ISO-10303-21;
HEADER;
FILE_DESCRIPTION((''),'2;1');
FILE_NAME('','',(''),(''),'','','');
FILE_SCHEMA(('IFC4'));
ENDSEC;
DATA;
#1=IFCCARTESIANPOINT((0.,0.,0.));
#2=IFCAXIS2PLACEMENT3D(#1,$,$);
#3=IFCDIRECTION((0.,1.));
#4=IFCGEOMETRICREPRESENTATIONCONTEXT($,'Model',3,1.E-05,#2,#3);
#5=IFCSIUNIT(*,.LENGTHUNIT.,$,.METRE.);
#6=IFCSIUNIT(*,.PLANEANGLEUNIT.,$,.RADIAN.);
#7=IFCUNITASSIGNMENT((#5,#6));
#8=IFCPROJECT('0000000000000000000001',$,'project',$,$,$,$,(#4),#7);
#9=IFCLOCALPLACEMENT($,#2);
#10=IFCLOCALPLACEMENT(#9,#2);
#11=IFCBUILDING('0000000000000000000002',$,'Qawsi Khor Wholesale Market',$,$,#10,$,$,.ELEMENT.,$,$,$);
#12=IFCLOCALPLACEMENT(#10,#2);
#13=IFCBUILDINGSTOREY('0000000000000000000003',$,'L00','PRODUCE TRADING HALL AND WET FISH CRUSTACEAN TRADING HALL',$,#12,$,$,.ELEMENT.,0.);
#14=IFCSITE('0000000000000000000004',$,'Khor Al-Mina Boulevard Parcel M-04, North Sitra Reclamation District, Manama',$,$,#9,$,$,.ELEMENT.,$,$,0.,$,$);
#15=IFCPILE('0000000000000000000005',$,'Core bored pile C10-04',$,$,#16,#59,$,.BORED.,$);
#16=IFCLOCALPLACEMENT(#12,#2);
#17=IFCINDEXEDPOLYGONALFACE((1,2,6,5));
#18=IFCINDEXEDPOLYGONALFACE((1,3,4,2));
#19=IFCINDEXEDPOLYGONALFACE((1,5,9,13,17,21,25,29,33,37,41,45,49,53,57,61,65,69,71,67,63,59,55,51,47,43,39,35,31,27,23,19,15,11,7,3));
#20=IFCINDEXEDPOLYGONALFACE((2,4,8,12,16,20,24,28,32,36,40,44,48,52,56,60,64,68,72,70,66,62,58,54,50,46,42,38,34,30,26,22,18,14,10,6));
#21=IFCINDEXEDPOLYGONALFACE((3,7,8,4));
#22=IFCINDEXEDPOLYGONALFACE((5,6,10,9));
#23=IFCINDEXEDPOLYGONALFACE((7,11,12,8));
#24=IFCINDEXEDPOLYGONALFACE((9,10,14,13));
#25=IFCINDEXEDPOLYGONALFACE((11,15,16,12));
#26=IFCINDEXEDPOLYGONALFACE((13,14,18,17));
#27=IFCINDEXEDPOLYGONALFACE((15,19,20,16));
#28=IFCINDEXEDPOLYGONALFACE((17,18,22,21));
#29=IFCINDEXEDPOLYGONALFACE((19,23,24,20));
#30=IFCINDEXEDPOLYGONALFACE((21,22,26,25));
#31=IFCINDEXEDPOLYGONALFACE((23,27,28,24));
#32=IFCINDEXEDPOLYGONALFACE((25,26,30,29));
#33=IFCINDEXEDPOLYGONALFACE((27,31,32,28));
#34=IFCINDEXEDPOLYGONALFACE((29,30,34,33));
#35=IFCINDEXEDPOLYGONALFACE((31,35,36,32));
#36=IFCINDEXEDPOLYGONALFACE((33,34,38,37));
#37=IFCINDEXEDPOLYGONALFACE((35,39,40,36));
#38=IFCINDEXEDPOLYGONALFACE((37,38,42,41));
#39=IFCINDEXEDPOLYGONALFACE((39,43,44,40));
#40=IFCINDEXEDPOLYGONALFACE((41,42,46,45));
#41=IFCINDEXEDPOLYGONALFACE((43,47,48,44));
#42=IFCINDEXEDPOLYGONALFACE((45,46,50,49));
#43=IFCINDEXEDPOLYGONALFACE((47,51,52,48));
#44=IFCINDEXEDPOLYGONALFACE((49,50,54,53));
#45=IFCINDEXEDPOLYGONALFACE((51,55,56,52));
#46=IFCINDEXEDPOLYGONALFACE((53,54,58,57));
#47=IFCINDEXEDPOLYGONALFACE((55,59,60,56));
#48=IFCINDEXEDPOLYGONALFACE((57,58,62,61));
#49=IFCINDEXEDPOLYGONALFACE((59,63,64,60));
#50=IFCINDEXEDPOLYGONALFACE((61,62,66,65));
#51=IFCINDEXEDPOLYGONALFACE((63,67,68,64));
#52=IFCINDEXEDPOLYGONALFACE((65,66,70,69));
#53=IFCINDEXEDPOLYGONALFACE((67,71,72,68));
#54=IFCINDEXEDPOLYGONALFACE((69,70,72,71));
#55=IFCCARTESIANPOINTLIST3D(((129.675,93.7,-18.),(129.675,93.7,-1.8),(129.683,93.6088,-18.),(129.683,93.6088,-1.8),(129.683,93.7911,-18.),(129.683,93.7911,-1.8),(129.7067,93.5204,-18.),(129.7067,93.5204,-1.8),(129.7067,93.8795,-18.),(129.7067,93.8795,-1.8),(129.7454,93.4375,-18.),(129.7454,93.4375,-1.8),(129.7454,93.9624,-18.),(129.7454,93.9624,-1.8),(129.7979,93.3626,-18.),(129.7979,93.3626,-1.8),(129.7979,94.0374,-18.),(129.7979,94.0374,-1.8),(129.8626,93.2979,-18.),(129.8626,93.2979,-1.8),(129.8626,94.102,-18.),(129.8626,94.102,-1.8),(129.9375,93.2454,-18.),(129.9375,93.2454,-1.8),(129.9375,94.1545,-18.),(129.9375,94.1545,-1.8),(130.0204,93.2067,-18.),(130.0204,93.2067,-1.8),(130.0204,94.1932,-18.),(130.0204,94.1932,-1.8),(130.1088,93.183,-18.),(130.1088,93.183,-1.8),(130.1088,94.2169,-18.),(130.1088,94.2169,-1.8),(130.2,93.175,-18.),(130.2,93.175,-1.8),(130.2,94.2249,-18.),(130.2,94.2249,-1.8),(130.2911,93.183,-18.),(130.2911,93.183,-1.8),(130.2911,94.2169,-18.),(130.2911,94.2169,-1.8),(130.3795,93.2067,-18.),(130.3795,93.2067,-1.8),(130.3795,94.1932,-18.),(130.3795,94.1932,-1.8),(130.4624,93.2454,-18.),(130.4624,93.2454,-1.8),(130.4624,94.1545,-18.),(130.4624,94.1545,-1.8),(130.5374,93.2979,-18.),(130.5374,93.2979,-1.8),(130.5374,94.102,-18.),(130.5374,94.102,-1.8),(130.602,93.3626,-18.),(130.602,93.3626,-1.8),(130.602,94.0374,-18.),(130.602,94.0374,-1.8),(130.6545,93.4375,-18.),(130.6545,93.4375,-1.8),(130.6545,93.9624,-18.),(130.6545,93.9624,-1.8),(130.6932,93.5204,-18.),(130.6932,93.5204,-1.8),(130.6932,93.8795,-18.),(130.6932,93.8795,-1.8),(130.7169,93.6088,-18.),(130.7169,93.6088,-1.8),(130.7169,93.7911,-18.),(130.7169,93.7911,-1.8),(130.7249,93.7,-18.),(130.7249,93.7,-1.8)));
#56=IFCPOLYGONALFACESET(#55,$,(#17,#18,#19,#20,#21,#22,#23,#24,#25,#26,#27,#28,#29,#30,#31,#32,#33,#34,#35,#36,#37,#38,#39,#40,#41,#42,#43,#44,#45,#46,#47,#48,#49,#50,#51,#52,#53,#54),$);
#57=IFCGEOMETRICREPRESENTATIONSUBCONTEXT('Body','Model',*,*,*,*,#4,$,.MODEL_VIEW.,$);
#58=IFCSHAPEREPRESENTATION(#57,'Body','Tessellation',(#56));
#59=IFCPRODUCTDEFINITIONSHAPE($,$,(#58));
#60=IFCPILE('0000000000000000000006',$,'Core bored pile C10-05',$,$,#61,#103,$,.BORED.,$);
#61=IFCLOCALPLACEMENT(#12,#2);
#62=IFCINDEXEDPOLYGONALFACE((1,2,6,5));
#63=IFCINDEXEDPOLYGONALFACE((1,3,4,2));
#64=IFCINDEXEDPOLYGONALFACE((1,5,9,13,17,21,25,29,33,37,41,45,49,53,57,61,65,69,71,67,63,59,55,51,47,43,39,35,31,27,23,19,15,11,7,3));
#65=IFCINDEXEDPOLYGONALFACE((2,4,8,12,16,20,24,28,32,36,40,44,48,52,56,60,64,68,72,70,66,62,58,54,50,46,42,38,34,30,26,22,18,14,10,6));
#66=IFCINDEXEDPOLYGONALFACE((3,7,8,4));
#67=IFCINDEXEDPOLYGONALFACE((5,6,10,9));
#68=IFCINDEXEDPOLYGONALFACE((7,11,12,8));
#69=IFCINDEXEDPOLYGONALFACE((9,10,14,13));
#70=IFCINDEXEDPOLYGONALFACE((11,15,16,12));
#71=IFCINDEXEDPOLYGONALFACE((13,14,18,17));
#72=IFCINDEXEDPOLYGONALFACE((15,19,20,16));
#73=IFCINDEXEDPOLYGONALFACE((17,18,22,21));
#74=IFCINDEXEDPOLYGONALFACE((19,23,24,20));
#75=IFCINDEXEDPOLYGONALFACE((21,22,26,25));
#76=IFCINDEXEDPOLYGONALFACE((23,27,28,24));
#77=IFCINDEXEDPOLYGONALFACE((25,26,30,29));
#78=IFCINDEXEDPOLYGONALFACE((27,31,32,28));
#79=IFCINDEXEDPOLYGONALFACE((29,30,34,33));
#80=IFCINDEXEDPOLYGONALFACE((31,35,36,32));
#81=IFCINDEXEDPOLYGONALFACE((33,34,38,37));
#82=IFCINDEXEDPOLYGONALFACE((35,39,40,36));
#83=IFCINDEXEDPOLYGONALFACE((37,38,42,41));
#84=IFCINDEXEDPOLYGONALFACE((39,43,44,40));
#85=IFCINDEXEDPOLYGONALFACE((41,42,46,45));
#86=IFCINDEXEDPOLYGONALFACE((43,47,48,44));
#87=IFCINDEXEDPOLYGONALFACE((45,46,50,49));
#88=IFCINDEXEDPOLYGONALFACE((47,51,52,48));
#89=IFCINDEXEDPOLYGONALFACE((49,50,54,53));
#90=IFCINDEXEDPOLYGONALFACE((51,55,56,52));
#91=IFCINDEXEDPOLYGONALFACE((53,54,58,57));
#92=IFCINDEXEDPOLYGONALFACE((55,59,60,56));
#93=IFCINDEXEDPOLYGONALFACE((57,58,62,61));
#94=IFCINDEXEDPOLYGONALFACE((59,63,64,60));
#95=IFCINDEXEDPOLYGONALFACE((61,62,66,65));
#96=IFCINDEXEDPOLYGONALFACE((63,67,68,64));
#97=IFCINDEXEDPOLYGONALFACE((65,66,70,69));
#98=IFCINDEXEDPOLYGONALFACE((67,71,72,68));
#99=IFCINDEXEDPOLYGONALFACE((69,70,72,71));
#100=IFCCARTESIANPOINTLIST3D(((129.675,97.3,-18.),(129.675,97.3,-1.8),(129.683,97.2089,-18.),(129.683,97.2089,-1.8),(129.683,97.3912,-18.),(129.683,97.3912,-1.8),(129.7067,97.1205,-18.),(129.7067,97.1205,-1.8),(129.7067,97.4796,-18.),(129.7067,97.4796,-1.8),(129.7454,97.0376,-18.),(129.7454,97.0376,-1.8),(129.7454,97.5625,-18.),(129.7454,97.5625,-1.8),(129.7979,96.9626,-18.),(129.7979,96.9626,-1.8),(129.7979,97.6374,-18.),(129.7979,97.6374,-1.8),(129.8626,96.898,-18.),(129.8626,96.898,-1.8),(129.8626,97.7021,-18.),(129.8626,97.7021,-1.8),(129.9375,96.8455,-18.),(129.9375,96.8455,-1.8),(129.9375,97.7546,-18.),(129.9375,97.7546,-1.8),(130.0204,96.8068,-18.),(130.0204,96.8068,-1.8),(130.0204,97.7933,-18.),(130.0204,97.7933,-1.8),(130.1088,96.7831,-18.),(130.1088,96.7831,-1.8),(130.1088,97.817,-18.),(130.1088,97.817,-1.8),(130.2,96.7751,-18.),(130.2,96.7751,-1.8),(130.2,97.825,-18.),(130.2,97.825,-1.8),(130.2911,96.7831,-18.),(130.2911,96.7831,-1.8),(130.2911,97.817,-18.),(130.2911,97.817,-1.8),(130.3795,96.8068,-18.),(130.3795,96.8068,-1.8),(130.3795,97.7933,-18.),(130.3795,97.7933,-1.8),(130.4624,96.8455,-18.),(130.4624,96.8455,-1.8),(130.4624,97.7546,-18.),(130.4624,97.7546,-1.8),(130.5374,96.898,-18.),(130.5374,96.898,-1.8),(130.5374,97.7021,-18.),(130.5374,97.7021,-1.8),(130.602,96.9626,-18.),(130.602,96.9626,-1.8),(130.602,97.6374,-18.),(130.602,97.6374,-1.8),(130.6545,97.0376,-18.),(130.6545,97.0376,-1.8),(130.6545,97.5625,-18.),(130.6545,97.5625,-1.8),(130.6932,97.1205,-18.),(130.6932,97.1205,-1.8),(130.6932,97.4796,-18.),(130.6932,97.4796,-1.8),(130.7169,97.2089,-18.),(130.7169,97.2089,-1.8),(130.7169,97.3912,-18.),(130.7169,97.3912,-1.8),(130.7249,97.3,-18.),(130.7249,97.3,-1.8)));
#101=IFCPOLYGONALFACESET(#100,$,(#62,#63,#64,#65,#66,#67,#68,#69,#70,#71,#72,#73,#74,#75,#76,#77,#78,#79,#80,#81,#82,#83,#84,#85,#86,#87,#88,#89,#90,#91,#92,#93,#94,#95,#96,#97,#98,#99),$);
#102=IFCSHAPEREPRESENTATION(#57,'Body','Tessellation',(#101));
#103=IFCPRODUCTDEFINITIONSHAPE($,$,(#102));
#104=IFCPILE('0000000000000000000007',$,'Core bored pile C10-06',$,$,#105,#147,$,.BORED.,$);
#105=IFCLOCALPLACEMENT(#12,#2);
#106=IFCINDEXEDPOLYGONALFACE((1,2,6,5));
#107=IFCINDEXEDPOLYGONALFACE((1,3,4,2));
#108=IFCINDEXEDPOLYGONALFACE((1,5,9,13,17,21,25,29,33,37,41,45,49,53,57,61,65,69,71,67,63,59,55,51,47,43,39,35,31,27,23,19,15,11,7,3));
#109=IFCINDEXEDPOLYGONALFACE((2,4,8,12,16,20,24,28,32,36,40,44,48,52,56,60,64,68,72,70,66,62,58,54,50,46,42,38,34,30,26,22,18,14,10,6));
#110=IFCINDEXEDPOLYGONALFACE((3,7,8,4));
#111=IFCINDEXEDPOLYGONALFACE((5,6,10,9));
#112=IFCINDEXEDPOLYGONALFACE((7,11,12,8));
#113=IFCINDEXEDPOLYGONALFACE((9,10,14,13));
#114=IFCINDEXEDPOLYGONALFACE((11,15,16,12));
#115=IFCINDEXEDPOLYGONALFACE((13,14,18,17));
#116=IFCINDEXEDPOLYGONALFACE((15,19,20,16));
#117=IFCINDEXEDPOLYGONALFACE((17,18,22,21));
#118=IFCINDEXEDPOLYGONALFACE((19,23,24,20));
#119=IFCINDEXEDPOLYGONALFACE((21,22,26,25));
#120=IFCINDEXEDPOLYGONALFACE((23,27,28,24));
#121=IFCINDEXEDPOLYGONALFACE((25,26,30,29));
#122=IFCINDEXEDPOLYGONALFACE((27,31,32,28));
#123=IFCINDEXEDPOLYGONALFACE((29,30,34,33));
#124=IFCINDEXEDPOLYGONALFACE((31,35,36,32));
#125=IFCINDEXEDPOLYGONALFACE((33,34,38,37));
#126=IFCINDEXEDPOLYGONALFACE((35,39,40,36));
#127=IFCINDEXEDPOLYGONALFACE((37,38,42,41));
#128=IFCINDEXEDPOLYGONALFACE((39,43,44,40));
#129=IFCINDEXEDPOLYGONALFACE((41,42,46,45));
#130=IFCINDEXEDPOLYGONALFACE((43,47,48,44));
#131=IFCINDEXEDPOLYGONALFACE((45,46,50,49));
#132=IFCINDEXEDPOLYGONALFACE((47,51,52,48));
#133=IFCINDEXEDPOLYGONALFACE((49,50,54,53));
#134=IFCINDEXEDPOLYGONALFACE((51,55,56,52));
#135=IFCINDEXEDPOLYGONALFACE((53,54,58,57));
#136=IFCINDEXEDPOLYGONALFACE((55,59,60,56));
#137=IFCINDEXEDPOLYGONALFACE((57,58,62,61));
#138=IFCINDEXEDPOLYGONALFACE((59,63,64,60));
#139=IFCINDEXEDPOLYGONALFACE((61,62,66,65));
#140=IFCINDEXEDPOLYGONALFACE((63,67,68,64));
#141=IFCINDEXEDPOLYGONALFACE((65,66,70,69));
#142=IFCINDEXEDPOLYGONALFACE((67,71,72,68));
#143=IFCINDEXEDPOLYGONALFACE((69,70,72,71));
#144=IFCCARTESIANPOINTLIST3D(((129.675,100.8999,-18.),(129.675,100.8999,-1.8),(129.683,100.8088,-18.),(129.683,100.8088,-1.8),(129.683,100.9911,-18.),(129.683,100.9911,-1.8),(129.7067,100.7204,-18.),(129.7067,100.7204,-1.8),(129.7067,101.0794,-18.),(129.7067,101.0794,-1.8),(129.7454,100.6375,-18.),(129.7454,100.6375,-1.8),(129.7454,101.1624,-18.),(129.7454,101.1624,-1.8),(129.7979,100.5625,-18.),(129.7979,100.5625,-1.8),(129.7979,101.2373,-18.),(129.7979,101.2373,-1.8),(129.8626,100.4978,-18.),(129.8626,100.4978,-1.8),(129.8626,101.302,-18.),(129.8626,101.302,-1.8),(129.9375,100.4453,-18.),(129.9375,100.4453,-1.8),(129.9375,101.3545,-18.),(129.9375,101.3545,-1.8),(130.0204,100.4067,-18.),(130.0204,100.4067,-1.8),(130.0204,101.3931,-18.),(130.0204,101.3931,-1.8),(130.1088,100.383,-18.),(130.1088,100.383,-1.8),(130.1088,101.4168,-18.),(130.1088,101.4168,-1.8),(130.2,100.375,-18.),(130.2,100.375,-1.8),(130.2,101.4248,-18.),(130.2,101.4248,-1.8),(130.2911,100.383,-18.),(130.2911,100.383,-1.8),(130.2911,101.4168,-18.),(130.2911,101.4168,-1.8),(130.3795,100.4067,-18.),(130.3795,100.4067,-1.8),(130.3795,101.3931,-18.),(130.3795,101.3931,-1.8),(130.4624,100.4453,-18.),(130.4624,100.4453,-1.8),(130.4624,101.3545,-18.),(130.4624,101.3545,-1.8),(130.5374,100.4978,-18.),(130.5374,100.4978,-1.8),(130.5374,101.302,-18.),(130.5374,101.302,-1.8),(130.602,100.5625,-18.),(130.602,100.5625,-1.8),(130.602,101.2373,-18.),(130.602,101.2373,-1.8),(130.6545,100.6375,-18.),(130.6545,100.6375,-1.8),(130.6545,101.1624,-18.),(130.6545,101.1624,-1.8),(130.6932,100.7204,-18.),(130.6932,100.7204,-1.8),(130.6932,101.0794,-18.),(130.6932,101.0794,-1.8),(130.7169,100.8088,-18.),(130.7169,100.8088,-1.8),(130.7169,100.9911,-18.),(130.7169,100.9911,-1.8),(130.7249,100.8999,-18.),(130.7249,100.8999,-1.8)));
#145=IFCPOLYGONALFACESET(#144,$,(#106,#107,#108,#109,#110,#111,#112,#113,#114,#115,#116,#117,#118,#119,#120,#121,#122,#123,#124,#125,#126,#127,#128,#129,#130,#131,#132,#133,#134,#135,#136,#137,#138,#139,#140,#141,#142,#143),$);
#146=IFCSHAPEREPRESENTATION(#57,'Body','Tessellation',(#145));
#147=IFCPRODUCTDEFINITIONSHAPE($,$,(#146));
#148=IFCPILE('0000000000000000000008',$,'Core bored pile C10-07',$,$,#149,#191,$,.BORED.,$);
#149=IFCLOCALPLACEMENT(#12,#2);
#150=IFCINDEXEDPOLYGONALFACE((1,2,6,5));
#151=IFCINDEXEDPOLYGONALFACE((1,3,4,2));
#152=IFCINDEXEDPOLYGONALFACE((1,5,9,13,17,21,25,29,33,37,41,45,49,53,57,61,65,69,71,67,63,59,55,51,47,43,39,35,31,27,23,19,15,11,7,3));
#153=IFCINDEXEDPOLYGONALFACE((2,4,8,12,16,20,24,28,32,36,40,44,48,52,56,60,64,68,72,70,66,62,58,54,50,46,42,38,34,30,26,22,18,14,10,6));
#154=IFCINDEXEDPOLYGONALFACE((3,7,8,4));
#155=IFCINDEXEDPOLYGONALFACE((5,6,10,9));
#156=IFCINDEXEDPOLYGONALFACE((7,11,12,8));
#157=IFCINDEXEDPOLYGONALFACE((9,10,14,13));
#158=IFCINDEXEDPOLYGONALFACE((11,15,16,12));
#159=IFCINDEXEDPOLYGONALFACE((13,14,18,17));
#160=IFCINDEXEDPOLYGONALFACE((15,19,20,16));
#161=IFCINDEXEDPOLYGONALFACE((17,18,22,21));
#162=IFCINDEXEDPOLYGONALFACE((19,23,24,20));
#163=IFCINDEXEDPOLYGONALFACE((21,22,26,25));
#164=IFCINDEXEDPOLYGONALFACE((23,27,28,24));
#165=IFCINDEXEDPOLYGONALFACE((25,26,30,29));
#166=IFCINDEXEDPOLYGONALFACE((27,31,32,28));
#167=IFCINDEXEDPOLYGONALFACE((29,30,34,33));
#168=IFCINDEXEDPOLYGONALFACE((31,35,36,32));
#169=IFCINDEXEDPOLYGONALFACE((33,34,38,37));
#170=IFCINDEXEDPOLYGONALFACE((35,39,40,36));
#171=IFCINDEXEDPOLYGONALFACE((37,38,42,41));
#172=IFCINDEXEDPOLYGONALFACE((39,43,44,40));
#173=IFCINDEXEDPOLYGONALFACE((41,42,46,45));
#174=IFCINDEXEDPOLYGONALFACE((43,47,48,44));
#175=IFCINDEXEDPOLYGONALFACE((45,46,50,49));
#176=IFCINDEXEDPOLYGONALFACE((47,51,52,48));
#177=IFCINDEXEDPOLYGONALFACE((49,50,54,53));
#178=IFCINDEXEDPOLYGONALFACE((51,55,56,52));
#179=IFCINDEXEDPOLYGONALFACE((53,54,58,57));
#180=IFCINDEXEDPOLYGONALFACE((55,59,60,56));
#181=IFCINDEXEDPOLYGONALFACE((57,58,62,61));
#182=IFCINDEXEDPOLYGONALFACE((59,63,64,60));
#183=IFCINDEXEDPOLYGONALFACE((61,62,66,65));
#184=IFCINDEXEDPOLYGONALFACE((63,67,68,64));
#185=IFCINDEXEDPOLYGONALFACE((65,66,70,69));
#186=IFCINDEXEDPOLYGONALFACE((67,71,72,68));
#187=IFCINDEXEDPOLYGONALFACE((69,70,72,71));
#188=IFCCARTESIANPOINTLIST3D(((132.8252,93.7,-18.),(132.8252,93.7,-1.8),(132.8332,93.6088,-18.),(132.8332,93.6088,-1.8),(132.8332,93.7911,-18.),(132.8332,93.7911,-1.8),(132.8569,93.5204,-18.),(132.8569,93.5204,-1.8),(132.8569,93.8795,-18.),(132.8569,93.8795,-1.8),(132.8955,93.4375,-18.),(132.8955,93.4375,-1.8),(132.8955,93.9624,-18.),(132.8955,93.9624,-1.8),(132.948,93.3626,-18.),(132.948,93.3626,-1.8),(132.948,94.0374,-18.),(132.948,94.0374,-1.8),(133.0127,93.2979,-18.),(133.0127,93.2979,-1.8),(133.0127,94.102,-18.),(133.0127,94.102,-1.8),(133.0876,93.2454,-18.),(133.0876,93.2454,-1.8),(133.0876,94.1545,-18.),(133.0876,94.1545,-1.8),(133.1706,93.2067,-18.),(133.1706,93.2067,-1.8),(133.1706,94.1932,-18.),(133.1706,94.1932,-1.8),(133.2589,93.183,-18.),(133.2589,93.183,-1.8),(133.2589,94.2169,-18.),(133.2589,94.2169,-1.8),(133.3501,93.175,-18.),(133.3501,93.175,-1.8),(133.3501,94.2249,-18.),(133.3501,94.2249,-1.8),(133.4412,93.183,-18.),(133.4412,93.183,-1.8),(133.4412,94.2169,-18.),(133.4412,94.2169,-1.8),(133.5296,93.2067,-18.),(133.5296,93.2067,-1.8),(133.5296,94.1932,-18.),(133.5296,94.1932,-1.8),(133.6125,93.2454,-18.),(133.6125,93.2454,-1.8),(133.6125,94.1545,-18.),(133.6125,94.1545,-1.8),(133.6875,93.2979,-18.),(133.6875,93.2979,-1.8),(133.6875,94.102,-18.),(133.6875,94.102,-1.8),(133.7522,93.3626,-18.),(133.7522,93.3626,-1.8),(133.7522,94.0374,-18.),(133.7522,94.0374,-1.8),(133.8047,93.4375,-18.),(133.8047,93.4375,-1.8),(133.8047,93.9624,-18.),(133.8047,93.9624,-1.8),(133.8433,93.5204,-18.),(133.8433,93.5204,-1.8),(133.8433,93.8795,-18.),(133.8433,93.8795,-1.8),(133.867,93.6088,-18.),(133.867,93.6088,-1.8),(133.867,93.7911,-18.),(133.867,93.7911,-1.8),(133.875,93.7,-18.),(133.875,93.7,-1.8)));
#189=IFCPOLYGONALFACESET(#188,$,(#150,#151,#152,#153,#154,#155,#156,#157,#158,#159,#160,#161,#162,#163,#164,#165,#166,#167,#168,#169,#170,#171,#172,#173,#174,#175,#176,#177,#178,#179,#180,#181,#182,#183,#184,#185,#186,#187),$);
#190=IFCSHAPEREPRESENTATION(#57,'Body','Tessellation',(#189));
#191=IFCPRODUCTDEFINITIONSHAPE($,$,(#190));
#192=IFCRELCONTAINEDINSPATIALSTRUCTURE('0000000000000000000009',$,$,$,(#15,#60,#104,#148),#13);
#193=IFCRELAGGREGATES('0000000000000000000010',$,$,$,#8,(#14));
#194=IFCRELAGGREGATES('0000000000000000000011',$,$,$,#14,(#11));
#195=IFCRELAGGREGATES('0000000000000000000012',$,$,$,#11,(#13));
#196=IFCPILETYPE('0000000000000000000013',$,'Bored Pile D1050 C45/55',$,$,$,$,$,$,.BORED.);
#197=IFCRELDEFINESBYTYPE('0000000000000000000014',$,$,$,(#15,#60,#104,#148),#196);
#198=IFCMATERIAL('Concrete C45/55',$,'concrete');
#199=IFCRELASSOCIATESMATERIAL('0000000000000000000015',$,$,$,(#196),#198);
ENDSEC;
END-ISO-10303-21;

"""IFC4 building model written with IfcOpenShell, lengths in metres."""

from ifc_helpers import new_model, si_unit, direction, frame, origin, origin_2d, place, context, subcontext, project, spatial, circle, extrude, material, material_profile, profile_set, type_object, element, save


model = new_model("IFC4")

# Units and contexts
model_context = context("Model", 3, precision=1e-05, world=origin(), true_north=direction((0.0, 1.0)))
body_context = subcontext(model_context, "Body", "Model", "MODEL_VIEW")
ifc_project = project(units=[si_unit("LENGTHUNIT", "METRE"), si_unit("PLANEANGLEUNIT", "RADIAN")], contexts=[model_context])

# Site, building, storey
site_placement = place(None, origin())
site = spatial("IfcSite", under=ifc_project, at=site_placement, Name="Khor Al-Mina Boulevard Parcel M-04, North Sitra Reclamation District, Manama", CompositionType="ELEMENT", RefElevation=0.0)
building_placement = place(site_placement, origin())
building = spatial("IfcBuilding", under=site, at=building_placement, Name="Qawsi Khor Wholesale Market", CompositionType="ELEMENT")
storey_placement = place(building_placement, origin())
storey = spatial("IfcBuildingStorey", under=building, at=storey_placement, Name="L00", Description="PRODUCE TRADING HALL AND WET FISH CRUSTACEAN TRADING HALL", CompositionType="ELEMENT", Elevation=0.0)

# Piles
ifc_material_1 = material(Name="Concrete C45/55", Category="concrete")
ifc_material_profile_1 = material_profile(ifc_material_1, circle(Radius=0.5249, at=origin_2d()), Name="PILE D1050")
ifc_profile_set_1 = profile_set([ifc_material_profile_1], Name="Concrete C45/55")
pile_type = type_object("IfcPileType", Name="Bored Pile D1050 C45/55", PredefinedType="BORED", material=ifc_profile_set_1)
for number, where, z_axis, x_axis, name in (
    (1, (130.2, 93.7, -1.8), (0.0, 0.0, -1.0), (1.0, 0.0, 0.0), "Core bored pile C10-04"),
    (2, (130.2, 97.3, -1.8), (0.0, 0.0, -1.0), (1.0, 0.0, 0.0), "Core bored pile C10-05"),
    (3, (130.2, 100.8999, -1.8), (0.0, 0.0, -1.0), (1.0, 0.0, 0.0), "Core bored pile C10-06"),
    (4, (133.3501, 93.7, -1.8), (0.0, 0.0, -1.0), (1.0, 0.0, 0.0), "Core bored pile C10-07"),
):
    element("IfcPile", number, at=place(storey_placement, frame(where, z_axis=z_axis, x_axis=x_axis)), inside=storey, type_object=pile_type, Name=name, PredefinedType="BORED", context=body_context, shape_type="SweptSolid", body=[
        extrude(circle(Radius=0.5249, at=origin_2d()), origin(), (0.0, 0.0, 1.0), 16.2),
    ])

save(model, "model.ifc")
